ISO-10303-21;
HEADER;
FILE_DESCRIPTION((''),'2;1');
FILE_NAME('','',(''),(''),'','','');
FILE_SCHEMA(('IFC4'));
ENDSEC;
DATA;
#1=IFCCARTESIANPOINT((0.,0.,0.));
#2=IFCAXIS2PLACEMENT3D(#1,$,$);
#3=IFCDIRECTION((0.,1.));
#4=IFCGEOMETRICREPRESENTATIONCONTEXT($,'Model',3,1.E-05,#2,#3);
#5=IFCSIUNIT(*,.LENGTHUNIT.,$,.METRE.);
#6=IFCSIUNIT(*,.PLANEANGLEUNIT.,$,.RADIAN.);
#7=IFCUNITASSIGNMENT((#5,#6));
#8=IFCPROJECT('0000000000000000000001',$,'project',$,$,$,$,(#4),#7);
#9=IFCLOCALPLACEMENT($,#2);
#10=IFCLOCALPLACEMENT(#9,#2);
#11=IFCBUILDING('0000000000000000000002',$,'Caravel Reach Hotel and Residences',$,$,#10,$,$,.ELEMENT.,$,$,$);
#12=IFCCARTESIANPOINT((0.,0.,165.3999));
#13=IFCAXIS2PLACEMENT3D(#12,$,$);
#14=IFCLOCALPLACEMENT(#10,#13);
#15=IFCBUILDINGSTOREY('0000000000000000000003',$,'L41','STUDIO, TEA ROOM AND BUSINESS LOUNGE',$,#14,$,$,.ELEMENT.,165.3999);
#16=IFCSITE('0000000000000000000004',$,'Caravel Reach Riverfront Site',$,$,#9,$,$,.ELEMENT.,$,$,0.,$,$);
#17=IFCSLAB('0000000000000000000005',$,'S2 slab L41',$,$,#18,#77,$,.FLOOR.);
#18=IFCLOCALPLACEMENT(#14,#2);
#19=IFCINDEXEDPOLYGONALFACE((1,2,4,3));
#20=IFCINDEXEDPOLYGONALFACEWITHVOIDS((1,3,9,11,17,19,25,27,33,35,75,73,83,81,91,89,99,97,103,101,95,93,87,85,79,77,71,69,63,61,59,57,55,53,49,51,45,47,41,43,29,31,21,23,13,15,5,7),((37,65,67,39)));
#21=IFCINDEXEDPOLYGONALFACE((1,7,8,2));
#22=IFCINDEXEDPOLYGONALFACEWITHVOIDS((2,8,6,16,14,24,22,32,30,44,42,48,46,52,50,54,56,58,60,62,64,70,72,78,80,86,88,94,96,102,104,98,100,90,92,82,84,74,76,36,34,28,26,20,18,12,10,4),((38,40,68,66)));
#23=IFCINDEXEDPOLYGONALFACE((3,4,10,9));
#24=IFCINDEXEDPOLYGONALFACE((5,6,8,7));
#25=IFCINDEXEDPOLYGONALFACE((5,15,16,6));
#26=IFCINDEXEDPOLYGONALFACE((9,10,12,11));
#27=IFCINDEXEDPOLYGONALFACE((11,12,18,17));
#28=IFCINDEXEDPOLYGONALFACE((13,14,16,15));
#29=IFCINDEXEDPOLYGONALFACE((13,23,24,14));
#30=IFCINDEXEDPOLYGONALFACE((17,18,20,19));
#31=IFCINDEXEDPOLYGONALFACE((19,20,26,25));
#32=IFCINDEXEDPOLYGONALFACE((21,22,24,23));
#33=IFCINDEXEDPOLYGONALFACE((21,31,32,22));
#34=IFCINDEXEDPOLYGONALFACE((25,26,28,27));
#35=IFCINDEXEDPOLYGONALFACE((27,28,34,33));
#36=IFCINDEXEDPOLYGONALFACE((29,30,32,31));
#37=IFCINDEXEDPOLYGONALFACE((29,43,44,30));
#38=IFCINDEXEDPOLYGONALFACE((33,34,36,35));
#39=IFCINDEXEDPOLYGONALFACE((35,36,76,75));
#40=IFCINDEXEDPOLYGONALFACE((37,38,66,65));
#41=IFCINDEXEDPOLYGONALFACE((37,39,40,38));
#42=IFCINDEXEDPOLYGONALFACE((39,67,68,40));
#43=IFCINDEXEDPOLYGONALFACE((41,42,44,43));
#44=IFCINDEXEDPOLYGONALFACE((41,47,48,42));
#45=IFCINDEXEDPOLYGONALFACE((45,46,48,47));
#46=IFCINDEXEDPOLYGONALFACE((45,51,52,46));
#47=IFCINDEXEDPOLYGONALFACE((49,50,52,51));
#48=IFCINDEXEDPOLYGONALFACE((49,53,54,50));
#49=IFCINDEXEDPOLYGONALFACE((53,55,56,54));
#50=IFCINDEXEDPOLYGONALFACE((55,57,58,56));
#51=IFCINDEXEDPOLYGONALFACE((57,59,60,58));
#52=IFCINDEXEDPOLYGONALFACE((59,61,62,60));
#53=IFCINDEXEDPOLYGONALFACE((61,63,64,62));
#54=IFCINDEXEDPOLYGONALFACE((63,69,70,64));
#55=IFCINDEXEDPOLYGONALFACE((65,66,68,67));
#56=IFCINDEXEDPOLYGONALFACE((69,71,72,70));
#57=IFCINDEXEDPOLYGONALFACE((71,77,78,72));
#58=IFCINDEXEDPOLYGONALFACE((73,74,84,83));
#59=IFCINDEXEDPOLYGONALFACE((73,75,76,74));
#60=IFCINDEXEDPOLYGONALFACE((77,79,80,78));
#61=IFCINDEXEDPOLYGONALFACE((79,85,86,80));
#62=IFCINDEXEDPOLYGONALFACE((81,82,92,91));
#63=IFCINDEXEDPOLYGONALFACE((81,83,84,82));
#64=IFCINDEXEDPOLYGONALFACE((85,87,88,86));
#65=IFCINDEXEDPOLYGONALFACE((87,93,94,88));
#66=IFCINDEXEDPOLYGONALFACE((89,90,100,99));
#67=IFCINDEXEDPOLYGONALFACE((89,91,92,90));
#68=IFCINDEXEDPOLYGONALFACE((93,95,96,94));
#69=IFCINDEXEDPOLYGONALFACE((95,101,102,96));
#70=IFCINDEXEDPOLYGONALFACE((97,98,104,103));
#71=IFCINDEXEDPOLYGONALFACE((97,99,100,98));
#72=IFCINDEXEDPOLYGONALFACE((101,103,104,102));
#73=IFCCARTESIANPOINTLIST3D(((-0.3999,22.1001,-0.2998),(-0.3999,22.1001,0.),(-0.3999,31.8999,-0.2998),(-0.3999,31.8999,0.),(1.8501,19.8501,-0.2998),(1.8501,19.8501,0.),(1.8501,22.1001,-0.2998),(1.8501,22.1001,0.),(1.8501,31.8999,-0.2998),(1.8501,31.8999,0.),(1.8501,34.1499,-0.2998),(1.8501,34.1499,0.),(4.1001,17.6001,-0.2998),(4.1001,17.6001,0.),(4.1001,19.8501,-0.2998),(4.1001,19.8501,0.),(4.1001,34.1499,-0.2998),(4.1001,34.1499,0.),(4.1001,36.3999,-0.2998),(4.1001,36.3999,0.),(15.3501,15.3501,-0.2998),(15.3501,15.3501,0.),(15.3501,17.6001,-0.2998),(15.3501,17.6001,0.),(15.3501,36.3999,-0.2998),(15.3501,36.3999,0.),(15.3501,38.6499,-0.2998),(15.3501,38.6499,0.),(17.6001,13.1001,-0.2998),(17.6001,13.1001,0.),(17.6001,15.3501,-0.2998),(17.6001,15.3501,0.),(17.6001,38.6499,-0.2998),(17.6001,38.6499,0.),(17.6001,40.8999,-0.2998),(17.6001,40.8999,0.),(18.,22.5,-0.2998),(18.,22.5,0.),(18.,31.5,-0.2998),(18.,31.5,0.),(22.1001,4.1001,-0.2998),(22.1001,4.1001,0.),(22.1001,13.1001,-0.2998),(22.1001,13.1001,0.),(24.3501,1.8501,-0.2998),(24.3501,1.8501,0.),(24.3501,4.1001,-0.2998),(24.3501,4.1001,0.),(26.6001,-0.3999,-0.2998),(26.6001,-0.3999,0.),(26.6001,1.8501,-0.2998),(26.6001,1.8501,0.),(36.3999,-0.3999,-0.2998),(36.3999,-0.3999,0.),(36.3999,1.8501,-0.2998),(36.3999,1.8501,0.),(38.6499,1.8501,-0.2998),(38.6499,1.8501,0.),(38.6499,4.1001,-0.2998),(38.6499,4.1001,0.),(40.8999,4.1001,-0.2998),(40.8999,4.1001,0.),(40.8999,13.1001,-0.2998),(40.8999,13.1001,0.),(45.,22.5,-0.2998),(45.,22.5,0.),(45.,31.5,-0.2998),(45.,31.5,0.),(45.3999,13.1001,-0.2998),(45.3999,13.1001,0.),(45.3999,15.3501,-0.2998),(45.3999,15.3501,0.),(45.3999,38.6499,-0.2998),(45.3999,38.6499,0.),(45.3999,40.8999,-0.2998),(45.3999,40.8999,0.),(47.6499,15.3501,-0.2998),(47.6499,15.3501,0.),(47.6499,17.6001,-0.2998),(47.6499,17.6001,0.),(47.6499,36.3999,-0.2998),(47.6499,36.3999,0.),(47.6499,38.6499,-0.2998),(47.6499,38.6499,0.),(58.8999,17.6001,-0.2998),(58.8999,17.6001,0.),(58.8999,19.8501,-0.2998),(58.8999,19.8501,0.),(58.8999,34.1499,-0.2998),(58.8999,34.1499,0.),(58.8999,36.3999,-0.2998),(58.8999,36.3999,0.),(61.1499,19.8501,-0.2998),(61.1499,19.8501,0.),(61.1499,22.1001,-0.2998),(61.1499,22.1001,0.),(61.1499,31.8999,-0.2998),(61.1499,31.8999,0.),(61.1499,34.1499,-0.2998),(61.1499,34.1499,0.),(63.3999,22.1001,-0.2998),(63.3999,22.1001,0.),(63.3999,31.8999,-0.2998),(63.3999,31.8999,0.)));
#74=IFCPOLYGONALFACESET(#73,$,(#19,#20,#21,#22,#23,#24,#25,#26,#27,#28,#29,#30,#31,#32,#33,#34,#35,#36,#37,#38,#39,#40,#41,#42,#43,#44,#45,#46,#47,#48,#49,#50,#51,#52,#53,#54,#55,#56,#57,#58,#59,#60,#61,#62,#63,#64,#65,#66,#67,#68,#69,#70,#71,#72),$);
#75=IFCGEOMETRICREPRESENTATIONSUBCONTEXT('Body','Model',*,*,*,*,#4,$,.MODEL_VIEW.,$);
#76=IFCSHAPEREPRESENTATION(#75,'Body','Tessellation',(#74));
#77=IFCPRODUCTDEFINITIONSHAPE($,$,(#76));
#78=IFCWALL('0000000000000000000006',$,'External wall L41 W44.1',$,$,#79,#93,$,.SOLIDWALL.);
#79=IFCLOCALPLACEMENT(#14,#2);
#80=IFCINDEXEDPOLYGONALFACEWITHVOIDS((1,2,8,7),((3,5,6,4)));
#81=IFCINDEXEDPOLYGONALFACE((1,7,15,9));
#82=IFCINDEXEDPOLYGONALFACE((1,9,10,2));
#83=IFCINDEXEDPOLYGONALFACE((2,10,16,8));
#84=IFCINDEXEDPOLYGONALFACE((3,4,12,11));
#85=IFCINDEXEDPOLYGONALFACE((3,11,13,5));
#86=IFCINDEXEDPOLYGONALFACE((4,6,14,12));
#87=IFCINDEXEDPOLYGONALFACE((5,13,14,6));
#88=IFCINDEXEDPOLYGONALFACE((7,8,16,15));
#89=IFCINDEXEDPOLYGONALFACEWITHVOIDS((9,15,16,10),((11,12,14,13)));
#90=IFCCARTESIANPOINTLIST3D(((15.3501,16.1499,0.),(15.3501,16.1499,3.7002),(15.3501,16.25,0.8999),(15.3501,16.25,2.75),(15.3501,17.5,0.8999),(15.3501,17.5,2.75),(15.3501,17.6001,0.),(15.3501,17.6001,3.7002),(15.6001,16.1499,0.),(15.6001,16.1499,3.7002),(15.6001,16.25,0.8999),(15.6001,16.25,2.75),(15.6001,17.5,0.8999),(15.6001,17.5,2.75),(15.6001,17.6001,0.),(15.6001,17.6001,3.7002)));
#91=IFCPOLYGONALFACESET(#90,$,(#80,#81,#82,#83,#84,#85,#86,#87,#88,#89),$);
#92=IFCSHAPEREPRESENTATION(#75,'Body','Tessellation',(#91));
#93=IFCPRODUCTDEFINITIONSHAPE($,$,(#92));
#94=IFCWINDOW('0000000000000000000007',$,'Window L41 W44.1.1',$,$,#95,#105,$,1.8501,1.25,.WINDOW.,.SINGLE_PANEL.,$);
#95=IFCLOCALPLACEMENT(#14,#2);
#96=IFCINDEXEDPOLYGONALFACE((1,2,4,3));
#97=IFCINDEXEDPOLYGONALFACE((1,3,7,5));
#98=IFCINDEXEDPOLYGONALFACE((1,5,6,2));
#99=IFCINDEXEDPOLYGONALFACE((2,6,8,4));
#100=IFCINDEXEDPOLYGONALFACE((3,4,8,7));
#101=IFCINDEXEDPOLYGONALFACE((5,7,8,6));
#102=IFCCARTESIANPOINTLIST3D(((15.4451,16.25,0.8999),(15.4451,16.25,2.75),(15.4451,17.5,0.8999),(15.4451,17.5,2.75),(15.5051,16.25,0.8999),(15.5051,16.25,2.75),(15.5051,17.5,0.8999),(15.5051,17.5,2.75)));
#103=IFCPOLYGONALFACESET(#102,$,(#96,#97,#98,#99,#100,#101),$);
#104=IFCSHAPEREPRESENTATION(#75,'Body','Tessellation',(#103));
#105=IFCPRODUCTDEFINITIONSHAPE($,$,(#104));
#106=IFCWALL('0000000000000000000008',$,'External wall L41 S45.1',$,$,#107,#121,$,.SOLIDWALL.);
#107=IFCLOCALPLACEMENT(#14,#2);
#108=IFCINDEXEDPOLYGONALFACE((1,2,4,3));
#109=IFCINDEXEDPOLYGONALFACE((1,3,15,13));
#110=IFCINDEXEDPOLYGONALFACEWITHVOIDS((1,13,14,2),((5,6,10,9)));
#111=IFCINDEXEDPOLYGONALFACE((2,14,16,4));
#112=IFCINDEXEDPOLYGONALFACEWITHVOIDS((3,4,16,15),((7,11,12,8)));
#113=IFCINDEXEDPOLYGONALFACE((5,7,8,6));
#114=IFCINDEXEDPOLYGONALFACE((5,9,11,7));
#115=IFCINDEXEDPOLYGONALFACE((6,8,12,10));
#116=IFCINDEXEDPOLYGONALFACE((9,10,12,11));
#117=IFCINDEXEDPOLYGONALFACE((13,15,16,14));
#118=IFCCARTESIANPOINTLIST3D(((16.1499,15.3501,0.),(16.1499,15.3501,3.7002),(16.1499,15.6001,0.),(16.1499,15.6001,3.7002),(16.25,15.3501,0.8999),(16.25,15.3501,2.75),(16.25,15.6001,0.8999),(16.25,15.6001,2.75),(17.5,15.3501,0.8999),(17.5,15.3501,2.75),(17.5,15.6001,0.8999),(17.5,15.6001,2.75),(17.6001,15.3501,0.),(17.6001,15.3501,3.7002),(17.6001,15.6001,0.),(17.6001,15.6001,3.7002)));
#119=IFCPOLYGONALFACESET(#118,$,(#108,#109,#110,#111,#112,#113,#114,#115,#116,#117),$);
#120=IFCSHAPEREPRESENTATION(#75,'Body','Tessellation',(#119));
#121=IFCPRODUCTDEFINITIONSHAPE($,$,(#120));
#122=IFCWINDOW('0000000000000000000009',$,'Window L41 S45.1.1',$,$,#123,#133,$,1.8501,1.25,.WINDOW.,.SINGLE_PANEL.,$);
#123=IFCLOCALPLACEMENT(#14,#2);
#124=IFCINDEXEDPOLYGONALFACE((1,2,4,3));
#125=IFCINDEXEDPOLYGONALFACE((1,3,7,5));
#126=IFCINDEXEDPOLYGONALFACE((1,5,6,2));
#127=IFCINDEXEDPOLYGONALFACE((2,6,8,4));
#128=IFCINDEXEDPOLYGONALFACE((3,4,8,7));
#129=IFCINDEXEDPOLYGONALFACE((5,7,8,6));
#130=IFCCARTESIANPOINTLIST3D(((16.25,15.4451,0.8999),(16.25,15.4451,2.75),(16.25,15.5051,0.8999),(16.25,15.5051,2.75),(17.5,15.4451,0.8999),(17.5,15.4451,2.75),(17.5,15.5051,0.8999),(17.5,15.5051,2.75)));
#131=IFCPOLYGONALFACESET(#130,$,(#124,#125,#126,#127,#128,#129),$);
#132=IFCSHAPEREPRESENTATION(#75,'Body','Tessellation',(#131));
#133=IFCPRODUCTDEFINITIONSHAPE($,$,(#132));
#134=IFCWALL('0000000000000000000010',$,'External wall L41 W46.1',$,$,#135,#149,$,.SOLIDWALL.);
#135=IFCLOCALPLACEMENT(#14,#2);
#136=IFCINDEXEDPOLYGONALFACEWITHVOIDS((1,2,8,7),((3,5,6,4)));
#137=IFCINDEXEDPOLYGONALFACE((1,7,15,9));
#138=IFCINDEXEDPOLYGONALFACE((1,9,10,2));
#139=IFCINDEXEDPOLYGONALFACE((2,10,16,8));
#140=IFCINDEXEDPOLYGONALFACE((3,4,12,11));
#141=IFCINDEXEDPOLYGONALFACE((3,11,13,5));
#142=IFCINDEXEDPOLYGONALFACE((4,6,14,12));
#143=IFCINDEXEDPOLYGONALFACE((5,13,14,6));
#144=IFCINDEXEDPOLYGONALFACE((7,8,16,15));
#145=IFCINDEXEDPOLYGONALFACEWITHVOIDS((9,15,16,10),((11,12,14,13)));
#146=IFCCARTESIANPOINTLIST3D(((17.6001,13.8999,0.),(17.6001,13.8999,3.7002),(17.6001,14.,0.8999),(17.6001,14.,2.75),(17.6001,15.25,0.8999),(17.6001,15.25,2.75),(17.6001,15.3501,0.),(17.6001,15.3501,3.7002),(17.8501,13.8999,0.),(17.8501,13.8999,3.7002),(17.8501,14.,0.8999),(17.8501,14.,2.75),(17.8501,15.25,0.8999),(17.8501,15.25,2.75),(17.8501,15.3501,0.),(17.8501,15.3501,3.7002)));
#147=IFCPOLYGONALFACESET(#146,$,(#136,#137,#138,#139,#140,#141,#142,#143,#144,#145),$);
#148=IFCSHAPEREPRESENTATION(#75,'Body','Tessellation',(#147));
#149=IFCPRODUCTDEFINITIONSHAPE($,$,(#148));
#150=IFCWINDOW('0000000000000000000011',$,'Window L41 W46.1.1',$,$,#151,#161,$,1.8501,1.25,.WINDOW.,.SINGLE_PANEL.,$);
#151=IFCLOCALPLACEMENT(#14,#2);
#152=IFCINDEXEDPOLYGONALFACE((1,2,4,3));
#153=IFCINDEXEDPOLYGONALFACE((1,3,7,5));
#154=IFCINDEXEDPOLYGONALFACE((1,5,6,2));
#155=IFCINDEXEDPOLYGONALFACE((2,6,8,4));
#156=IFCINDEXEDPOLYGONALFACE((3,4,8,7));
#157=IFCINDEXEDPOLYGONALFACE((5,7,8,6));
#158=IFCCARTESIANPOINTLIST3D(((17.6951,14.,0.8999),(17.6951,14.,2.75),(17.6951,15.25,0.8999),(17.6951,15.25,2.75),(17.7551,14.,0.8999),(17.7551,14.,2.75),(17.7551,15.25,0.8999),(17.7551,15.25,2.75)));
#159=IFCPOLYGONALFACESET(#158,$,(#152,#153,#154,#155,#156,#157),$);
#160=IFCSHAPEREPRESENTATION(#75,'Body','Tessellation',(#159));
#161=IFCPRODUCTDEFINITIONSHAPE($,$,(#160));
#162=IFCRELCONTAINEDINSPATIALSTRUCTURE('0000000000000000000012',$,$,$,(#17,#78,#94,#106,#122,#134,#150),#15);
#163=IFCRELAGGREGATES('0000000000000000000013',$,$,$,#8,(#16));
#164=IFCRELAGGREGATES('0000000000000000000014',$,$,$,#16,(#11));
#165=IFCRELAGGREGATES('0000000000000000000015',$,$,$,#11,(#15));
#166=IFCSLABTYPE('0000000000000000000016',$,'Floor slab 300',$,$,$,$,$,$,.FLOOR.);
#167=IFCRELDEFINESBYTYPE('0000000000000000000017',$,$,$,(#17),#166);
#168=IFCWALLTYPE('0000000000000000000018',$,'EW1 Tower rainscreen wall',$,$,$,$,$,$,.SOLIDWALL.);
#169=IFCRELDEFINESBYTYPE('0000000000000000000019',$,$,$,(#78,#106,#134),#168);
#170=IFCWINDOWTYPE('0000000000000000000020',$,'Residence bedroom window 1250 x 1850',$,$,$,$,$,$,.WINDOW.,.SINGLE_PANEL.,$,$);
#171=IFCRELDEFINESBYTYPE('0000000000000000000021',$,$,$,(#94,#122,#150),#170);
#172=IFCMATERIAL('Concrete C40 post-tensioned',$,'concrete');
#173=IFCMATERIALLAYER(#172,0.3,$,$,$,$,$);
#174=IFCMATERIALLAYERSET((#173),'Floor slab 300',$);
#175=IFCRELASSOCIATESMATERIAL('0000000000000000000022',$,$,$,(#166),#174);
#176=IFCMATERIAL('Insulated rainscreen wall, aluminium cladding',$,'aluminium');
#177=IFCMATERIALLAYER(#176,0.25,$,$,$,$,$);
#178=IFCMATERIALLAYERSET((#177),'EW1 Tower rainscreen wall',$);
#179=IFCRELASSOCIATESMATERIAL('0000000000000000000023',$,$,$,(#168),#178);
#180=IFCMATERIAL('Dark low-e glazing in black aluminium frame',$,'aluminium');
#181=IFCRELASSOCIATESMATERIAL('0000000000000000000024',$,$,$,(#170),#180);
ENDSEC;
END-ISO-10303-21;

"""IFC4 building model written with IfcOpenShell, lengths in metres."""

from ifc_helpers import new_model, si_unit, direction, frame, frame_2d, origin, place, context, subcontext, project, spatial, polyline, rectangle, outline, extrude, material, layer, layer_set, type_object, element, fill, save


model = new_model("IFC4")

# Units and contexts
model_context = context("Model", 3, precision=1e-05, world=origin(), true_north=direction((0.0, 1.0)))
body_context = subcontext(model_context, "Body", "Model", "MODEL_VIEW")
ifc_project = project(units=[si_unit("LENGTHUNIT", "METRE"), si_unit("PLANEANGLEUNIT", "RADIAN")], contexts=[model_context])

# Site, building, storey
site_placement = place(None, origin())
site = spatial("IfcSite", under=ifc_project, at=site_placement, Name="Caravel Reach Riverfront Site", CompositionType="ELEMENT", RefElevation=0.0)
building_placement = place(site_placement, origin())
building = spatial("IfcBuilding", under=site, at=building_placement, Name="Caravel Reach Hotel and Residences", CompositionType="ELEMENT")
storey_placement = place(building_placement, frame((0.0, 0.0, 165.3999)))
storey = spatial("IfcBuildingStorey", under=building, at=storey_placement, Name="L41", Description="STUDIO, TEA ROOM AND BUSINESS LOUNGE", CompositionType="ELEMENT", Elevation=165.3999)

# Slab
ifc_material_1 = material(Name="Concrete C40 post-tensioned", Category="concrete")
ifc_layer_1 = layer(ifc_material_1, 0.3)
ifc_layer_set_1 = layer_set([ifc_layer_1], Name="Floor slab 300")
slab_type_1 = type_object("IfcSlabType", Name="Floor slab 300", PredefinedType="FLOOR", material=ifc_layer_set_1)
slab_1_placement = place(storey_placement, frame((0.0, 0.0, -0.2998)))
element("IfcSlab", 1, at=slab_1_placement, inside=storey, type_object=slab_type_1, Name="S2 slab L41", PredefinedType="FLOOR", context=body_context, shape_type="SweptSolid", body=[
    extrude(outline(polyline([(17.6001, 13.1001), (17.6001, 15.3501), (15.3501, 15.3501), (15.3501, 17.6001), (4.1001, 17.6001), (4.1001, 19.8501), (1.8501, 19.8501), (1.8501, 22.1001), (-0.3999, 22.1001), (-0.3999, 31.8999), (1.8501, 31.8999), (1.8501, 34.1499), (4.1001, 34.1499), (4.1001, 36.3999), (15.3501, 36.3999), (15.3501, 38.6499), (17.6001, 38.6499), (17.6001, 40.8999), (45.3999, 40.8999), (45.3999, 38.6499), (47.6499, 38.6499), (47.6499, 36.3999), (58.8999, 36.3999), (58.8999, 34.1499), (61.1499, 34.1499), (61.1499, 31.8999), (63.3999, 31.8999), (63.3999, 22.1001), (61.1499, 22.1001), (61.1499, 19.8501), (58.8999, 19.8501), (58.8999, 17.6001), (47.6499, 17.6001), (47.6499, 15.3501), (45.3999, 15.3501), (45.3999, 13.1001), (40.8999, 13.1001), (40.8999, 4.1001), (38.6499, 4.1001), (38.6499, 1.8501), (36.3999, 1.8501), (36.3999, -0.3999), (26.6001, -0.3999), (26.6001, 1.8501), (24.3501, 1.8501), (24.3501, 4.1001), (22.1001, 4.1001), (22.1001, 13.1001), (17.6001, 13.1001)]), holes=[polyline([(45.0, 31.5), (18.0, 31.5), (18.0, 22.5), (45.0, 22.5), (45.0, 31.5)])]), origin(), (0.0, 0.0, 1.0), 0.2998),
])

# Walls, openings, windows
ifc_material_2 = material(Name="Insulated rainscreen wall, aluminium cladding", Category="aluminium")
ifc_layer_2 = layer(ifc_material_2, 0.25)
ifc_layer_set_2 = layer_set([ifc_layer_2], Name="EW1 Tower rainscreen wall")
wall_type_1 = type_object("IfcWallType", Name="EW1 Tower rainscreen wall", PredefinedType="SOLIDWALL", material=ifc_layer_set_2)
wall_1_placement = place(storey_placement, frame((15.4751, 17.6001, 0.0), z_axis=(0.0, 0.0, 1.0), x_axis=(0.0, -1.0, 0.0)))
wall_1 = element("IfcWall", 2, at=wall_1_placement, inside=storey, type_object=wall_type_1, Name="External wall L41 W44.1", PredefinedType="SOLIDWALL", context=body_context, shape_type="SweptSolid", body=[
    extrude(rectangle(XDim=1.4502, YDim=0.25, at=frame_2d((0.7251, 0.0))), origin(), (0.0, 0.0, 1.0), 3.7002),
])
opening_1_placement = place(wall_1_placement, frame((0.1001, 0.0, 0.8999)))
opening_1 = element("IfcOpeningElement", 3, at=opening_1_placement, cuts=wall_1, PredefinedType="OPENING", context=body_context, shape_type="SweptSolid", body=[
    extrude(rectangle(XDim=1.25, YDim=1.8501, at=frame_2d((0.625, 0.925))), frame((0.0, 0.135, 0.0), z_axis=(0.0, -1.0, 0.0), x_axis=(1.0, 0.0, 0.0)), (0.0, 0.0, 1.0), 0.27),
])
ifc_material_3 = material(Name="Dark low-e glazing in black aluminium frame", Category="aluminium")
window_type = type_object("IfcWindowType", Name="Residence bedroom window 1250 x 1850", PartitioningType="SINGLE_PANEL", PredefinedType="WINDOW", material=ifc_material_3)
window_1_placement = place(opening_1_placement, origin())
window_1 = element("IfcWindow", 4, at=window_1_placement, inside=storey, type_object=window_type, Name="Window L41 W44.1.1", OverallHeight=1.8501, OverallWidth=1.25, PartitioningType="SINGLE_PANEL", PredefinedType="WINDOW", context=body_context, shape_type="SweptSolid", body=[
    extrude(rectangle(XDim=1.25, YDim=1.8501, at=frame_2d((0.625, 0.925))), frame((0.0, 0.03, 0.0), z_axis=(0.0, -1.0, 0.0), x_axis=(1.0, 0.0, 0.0)), (0.0, 0.0, 1.0), 0.0601),
])
fill(opening_1, window_1)
wall_2_placement = place(storey_placement, frame((16.1499, 15.4751, 0.0), z_axis=(0.0, 0.0, 1.0), x_axis=(1.0, 0.0, 0.0)))
wall_2 = element("IfcWall", 5, at=wall_2_placement, inside=storey, type_object=wall_type_1, Name="External wall L41 S45.1", PredefinedType="SOLIDWALL", context=body_context, shape_type="SweptSolid", body=[
    extrude(rectangle(XDim=1.4502, YDim=0.25, at=frame_2d((0.7251, 0.0))), origin(), (0.0, 0.0, 1.0), 3.7002),
])
opening_2_placement = place(wall_2_placement, frame((0.1001, 0.0, 0.8999)))
opening_2 = element("IfcOpeningElement", 6, at=opening_2_placement, cuts=wall_2, PredefinedType="OPENING", context=body_context, shape_type="SweptSolid", body=[
    extrude(rectangle(XDim=1.25, YDim=1.8501, at=frame_2d((0.625, 0.925))), frame((0.0, 0.135, 0.0), z_axis=(0.0, -1.0, 0.0), x_axis=(1.0, 0.0, 0.0)), (0.0, 0.0, 1.0), 0.27),
])
window_2_placement = place(opening_2_placement, origin())
window_2 = element("IfcWindow", 7, at=window_2_placement, inside=storey, type_object=window_type, Name="Window L41 S45.1.1", OverallHeight=1.8501, OverallWidth=1.25, PartitioningType="SINGLE_PANEL", PredefinedType="WINDOW", context=body_context, shape_type="SweptSolid", body=[
    extrude(rectangle(XDim=1.25, YDim=1.8501, at=frame_2d((0.625, 0.925))), frame((0.0, 0.03, 0.0), z_axis=(0.0, -1.0, 0.0), x_axis=(1.0, 0.0, 0.0)), (0.0, 0.0, 1.0), 0.0601),
])
fill(opening_2, window_2)
wall_3_placement = place(storey_placement, frame((17.7251, 15.3501, 0.0), z_axis=(0.0, 0.0, 1.0), x_axis=(0.0, -1.0, 0.0)))
wall_3 = element("IfcWall", 8, at=wall_3_placement, inside=storey, type_object=wall_type_1, Name="External wall L41 W46.1", PredefinedType="SOLIDWALL", context=body_context, shape_type="SweptSolid", body=[
    extrude(rectangle(XDim=1.4502, YDim=0.25, at=frame_2d((0.7251, 0.0))), origin(), (0.0, 0.0, 1.0), 3.7002),
])
opening_3_placement = place(wall_3_placement, frame((0.1001, 0.0, 0.8999)))
opening_3 = element("IfcOpeningElement", 9, at=opening_3_placement, cuts=wall_3, PredefinedType="OPENING", context=body_context, shape_type="SweptSolid", body=[
    extrude(rectangle(XDim=1.25, YDim=1.8501, at=frame_2d((0.625, 0.925))), frame((0.0, 0.135, 0.0), z_axis=(0.0, -1.0, 0.0), x_axis=(1.0, 0.0, 0.0)), (0.0, 0.0, 1.0), 0.27),
])
window_3_placement = place(opening_3_placement, origin())
window_3 = element("IfcWindow", 10, at=window_3_placement, inside=storey, type_object=window_type, Name="Window L41 W46.1.1", OverallHeight=1.8501, OverallWidth=1.25, PartitioningType="SINGLE_PANEL", PredefinedType="WINDOW", context=body_context, shape_type="SweptSolid", body=[
    extrude(rectangle(XDim=1.25, YDim=1.8501, at=frame_2d((0.625, 0.925))), frame((0.0, 0.03, 0.0), z_axis=(0.0, -1.0, 0.0), x_axis=(1.0, 0.0, 0.0)), (0.0, 0.0, 1.0), 0.0601),
])
fill(opening_3, window_3)

save(model, "model.ifc")
